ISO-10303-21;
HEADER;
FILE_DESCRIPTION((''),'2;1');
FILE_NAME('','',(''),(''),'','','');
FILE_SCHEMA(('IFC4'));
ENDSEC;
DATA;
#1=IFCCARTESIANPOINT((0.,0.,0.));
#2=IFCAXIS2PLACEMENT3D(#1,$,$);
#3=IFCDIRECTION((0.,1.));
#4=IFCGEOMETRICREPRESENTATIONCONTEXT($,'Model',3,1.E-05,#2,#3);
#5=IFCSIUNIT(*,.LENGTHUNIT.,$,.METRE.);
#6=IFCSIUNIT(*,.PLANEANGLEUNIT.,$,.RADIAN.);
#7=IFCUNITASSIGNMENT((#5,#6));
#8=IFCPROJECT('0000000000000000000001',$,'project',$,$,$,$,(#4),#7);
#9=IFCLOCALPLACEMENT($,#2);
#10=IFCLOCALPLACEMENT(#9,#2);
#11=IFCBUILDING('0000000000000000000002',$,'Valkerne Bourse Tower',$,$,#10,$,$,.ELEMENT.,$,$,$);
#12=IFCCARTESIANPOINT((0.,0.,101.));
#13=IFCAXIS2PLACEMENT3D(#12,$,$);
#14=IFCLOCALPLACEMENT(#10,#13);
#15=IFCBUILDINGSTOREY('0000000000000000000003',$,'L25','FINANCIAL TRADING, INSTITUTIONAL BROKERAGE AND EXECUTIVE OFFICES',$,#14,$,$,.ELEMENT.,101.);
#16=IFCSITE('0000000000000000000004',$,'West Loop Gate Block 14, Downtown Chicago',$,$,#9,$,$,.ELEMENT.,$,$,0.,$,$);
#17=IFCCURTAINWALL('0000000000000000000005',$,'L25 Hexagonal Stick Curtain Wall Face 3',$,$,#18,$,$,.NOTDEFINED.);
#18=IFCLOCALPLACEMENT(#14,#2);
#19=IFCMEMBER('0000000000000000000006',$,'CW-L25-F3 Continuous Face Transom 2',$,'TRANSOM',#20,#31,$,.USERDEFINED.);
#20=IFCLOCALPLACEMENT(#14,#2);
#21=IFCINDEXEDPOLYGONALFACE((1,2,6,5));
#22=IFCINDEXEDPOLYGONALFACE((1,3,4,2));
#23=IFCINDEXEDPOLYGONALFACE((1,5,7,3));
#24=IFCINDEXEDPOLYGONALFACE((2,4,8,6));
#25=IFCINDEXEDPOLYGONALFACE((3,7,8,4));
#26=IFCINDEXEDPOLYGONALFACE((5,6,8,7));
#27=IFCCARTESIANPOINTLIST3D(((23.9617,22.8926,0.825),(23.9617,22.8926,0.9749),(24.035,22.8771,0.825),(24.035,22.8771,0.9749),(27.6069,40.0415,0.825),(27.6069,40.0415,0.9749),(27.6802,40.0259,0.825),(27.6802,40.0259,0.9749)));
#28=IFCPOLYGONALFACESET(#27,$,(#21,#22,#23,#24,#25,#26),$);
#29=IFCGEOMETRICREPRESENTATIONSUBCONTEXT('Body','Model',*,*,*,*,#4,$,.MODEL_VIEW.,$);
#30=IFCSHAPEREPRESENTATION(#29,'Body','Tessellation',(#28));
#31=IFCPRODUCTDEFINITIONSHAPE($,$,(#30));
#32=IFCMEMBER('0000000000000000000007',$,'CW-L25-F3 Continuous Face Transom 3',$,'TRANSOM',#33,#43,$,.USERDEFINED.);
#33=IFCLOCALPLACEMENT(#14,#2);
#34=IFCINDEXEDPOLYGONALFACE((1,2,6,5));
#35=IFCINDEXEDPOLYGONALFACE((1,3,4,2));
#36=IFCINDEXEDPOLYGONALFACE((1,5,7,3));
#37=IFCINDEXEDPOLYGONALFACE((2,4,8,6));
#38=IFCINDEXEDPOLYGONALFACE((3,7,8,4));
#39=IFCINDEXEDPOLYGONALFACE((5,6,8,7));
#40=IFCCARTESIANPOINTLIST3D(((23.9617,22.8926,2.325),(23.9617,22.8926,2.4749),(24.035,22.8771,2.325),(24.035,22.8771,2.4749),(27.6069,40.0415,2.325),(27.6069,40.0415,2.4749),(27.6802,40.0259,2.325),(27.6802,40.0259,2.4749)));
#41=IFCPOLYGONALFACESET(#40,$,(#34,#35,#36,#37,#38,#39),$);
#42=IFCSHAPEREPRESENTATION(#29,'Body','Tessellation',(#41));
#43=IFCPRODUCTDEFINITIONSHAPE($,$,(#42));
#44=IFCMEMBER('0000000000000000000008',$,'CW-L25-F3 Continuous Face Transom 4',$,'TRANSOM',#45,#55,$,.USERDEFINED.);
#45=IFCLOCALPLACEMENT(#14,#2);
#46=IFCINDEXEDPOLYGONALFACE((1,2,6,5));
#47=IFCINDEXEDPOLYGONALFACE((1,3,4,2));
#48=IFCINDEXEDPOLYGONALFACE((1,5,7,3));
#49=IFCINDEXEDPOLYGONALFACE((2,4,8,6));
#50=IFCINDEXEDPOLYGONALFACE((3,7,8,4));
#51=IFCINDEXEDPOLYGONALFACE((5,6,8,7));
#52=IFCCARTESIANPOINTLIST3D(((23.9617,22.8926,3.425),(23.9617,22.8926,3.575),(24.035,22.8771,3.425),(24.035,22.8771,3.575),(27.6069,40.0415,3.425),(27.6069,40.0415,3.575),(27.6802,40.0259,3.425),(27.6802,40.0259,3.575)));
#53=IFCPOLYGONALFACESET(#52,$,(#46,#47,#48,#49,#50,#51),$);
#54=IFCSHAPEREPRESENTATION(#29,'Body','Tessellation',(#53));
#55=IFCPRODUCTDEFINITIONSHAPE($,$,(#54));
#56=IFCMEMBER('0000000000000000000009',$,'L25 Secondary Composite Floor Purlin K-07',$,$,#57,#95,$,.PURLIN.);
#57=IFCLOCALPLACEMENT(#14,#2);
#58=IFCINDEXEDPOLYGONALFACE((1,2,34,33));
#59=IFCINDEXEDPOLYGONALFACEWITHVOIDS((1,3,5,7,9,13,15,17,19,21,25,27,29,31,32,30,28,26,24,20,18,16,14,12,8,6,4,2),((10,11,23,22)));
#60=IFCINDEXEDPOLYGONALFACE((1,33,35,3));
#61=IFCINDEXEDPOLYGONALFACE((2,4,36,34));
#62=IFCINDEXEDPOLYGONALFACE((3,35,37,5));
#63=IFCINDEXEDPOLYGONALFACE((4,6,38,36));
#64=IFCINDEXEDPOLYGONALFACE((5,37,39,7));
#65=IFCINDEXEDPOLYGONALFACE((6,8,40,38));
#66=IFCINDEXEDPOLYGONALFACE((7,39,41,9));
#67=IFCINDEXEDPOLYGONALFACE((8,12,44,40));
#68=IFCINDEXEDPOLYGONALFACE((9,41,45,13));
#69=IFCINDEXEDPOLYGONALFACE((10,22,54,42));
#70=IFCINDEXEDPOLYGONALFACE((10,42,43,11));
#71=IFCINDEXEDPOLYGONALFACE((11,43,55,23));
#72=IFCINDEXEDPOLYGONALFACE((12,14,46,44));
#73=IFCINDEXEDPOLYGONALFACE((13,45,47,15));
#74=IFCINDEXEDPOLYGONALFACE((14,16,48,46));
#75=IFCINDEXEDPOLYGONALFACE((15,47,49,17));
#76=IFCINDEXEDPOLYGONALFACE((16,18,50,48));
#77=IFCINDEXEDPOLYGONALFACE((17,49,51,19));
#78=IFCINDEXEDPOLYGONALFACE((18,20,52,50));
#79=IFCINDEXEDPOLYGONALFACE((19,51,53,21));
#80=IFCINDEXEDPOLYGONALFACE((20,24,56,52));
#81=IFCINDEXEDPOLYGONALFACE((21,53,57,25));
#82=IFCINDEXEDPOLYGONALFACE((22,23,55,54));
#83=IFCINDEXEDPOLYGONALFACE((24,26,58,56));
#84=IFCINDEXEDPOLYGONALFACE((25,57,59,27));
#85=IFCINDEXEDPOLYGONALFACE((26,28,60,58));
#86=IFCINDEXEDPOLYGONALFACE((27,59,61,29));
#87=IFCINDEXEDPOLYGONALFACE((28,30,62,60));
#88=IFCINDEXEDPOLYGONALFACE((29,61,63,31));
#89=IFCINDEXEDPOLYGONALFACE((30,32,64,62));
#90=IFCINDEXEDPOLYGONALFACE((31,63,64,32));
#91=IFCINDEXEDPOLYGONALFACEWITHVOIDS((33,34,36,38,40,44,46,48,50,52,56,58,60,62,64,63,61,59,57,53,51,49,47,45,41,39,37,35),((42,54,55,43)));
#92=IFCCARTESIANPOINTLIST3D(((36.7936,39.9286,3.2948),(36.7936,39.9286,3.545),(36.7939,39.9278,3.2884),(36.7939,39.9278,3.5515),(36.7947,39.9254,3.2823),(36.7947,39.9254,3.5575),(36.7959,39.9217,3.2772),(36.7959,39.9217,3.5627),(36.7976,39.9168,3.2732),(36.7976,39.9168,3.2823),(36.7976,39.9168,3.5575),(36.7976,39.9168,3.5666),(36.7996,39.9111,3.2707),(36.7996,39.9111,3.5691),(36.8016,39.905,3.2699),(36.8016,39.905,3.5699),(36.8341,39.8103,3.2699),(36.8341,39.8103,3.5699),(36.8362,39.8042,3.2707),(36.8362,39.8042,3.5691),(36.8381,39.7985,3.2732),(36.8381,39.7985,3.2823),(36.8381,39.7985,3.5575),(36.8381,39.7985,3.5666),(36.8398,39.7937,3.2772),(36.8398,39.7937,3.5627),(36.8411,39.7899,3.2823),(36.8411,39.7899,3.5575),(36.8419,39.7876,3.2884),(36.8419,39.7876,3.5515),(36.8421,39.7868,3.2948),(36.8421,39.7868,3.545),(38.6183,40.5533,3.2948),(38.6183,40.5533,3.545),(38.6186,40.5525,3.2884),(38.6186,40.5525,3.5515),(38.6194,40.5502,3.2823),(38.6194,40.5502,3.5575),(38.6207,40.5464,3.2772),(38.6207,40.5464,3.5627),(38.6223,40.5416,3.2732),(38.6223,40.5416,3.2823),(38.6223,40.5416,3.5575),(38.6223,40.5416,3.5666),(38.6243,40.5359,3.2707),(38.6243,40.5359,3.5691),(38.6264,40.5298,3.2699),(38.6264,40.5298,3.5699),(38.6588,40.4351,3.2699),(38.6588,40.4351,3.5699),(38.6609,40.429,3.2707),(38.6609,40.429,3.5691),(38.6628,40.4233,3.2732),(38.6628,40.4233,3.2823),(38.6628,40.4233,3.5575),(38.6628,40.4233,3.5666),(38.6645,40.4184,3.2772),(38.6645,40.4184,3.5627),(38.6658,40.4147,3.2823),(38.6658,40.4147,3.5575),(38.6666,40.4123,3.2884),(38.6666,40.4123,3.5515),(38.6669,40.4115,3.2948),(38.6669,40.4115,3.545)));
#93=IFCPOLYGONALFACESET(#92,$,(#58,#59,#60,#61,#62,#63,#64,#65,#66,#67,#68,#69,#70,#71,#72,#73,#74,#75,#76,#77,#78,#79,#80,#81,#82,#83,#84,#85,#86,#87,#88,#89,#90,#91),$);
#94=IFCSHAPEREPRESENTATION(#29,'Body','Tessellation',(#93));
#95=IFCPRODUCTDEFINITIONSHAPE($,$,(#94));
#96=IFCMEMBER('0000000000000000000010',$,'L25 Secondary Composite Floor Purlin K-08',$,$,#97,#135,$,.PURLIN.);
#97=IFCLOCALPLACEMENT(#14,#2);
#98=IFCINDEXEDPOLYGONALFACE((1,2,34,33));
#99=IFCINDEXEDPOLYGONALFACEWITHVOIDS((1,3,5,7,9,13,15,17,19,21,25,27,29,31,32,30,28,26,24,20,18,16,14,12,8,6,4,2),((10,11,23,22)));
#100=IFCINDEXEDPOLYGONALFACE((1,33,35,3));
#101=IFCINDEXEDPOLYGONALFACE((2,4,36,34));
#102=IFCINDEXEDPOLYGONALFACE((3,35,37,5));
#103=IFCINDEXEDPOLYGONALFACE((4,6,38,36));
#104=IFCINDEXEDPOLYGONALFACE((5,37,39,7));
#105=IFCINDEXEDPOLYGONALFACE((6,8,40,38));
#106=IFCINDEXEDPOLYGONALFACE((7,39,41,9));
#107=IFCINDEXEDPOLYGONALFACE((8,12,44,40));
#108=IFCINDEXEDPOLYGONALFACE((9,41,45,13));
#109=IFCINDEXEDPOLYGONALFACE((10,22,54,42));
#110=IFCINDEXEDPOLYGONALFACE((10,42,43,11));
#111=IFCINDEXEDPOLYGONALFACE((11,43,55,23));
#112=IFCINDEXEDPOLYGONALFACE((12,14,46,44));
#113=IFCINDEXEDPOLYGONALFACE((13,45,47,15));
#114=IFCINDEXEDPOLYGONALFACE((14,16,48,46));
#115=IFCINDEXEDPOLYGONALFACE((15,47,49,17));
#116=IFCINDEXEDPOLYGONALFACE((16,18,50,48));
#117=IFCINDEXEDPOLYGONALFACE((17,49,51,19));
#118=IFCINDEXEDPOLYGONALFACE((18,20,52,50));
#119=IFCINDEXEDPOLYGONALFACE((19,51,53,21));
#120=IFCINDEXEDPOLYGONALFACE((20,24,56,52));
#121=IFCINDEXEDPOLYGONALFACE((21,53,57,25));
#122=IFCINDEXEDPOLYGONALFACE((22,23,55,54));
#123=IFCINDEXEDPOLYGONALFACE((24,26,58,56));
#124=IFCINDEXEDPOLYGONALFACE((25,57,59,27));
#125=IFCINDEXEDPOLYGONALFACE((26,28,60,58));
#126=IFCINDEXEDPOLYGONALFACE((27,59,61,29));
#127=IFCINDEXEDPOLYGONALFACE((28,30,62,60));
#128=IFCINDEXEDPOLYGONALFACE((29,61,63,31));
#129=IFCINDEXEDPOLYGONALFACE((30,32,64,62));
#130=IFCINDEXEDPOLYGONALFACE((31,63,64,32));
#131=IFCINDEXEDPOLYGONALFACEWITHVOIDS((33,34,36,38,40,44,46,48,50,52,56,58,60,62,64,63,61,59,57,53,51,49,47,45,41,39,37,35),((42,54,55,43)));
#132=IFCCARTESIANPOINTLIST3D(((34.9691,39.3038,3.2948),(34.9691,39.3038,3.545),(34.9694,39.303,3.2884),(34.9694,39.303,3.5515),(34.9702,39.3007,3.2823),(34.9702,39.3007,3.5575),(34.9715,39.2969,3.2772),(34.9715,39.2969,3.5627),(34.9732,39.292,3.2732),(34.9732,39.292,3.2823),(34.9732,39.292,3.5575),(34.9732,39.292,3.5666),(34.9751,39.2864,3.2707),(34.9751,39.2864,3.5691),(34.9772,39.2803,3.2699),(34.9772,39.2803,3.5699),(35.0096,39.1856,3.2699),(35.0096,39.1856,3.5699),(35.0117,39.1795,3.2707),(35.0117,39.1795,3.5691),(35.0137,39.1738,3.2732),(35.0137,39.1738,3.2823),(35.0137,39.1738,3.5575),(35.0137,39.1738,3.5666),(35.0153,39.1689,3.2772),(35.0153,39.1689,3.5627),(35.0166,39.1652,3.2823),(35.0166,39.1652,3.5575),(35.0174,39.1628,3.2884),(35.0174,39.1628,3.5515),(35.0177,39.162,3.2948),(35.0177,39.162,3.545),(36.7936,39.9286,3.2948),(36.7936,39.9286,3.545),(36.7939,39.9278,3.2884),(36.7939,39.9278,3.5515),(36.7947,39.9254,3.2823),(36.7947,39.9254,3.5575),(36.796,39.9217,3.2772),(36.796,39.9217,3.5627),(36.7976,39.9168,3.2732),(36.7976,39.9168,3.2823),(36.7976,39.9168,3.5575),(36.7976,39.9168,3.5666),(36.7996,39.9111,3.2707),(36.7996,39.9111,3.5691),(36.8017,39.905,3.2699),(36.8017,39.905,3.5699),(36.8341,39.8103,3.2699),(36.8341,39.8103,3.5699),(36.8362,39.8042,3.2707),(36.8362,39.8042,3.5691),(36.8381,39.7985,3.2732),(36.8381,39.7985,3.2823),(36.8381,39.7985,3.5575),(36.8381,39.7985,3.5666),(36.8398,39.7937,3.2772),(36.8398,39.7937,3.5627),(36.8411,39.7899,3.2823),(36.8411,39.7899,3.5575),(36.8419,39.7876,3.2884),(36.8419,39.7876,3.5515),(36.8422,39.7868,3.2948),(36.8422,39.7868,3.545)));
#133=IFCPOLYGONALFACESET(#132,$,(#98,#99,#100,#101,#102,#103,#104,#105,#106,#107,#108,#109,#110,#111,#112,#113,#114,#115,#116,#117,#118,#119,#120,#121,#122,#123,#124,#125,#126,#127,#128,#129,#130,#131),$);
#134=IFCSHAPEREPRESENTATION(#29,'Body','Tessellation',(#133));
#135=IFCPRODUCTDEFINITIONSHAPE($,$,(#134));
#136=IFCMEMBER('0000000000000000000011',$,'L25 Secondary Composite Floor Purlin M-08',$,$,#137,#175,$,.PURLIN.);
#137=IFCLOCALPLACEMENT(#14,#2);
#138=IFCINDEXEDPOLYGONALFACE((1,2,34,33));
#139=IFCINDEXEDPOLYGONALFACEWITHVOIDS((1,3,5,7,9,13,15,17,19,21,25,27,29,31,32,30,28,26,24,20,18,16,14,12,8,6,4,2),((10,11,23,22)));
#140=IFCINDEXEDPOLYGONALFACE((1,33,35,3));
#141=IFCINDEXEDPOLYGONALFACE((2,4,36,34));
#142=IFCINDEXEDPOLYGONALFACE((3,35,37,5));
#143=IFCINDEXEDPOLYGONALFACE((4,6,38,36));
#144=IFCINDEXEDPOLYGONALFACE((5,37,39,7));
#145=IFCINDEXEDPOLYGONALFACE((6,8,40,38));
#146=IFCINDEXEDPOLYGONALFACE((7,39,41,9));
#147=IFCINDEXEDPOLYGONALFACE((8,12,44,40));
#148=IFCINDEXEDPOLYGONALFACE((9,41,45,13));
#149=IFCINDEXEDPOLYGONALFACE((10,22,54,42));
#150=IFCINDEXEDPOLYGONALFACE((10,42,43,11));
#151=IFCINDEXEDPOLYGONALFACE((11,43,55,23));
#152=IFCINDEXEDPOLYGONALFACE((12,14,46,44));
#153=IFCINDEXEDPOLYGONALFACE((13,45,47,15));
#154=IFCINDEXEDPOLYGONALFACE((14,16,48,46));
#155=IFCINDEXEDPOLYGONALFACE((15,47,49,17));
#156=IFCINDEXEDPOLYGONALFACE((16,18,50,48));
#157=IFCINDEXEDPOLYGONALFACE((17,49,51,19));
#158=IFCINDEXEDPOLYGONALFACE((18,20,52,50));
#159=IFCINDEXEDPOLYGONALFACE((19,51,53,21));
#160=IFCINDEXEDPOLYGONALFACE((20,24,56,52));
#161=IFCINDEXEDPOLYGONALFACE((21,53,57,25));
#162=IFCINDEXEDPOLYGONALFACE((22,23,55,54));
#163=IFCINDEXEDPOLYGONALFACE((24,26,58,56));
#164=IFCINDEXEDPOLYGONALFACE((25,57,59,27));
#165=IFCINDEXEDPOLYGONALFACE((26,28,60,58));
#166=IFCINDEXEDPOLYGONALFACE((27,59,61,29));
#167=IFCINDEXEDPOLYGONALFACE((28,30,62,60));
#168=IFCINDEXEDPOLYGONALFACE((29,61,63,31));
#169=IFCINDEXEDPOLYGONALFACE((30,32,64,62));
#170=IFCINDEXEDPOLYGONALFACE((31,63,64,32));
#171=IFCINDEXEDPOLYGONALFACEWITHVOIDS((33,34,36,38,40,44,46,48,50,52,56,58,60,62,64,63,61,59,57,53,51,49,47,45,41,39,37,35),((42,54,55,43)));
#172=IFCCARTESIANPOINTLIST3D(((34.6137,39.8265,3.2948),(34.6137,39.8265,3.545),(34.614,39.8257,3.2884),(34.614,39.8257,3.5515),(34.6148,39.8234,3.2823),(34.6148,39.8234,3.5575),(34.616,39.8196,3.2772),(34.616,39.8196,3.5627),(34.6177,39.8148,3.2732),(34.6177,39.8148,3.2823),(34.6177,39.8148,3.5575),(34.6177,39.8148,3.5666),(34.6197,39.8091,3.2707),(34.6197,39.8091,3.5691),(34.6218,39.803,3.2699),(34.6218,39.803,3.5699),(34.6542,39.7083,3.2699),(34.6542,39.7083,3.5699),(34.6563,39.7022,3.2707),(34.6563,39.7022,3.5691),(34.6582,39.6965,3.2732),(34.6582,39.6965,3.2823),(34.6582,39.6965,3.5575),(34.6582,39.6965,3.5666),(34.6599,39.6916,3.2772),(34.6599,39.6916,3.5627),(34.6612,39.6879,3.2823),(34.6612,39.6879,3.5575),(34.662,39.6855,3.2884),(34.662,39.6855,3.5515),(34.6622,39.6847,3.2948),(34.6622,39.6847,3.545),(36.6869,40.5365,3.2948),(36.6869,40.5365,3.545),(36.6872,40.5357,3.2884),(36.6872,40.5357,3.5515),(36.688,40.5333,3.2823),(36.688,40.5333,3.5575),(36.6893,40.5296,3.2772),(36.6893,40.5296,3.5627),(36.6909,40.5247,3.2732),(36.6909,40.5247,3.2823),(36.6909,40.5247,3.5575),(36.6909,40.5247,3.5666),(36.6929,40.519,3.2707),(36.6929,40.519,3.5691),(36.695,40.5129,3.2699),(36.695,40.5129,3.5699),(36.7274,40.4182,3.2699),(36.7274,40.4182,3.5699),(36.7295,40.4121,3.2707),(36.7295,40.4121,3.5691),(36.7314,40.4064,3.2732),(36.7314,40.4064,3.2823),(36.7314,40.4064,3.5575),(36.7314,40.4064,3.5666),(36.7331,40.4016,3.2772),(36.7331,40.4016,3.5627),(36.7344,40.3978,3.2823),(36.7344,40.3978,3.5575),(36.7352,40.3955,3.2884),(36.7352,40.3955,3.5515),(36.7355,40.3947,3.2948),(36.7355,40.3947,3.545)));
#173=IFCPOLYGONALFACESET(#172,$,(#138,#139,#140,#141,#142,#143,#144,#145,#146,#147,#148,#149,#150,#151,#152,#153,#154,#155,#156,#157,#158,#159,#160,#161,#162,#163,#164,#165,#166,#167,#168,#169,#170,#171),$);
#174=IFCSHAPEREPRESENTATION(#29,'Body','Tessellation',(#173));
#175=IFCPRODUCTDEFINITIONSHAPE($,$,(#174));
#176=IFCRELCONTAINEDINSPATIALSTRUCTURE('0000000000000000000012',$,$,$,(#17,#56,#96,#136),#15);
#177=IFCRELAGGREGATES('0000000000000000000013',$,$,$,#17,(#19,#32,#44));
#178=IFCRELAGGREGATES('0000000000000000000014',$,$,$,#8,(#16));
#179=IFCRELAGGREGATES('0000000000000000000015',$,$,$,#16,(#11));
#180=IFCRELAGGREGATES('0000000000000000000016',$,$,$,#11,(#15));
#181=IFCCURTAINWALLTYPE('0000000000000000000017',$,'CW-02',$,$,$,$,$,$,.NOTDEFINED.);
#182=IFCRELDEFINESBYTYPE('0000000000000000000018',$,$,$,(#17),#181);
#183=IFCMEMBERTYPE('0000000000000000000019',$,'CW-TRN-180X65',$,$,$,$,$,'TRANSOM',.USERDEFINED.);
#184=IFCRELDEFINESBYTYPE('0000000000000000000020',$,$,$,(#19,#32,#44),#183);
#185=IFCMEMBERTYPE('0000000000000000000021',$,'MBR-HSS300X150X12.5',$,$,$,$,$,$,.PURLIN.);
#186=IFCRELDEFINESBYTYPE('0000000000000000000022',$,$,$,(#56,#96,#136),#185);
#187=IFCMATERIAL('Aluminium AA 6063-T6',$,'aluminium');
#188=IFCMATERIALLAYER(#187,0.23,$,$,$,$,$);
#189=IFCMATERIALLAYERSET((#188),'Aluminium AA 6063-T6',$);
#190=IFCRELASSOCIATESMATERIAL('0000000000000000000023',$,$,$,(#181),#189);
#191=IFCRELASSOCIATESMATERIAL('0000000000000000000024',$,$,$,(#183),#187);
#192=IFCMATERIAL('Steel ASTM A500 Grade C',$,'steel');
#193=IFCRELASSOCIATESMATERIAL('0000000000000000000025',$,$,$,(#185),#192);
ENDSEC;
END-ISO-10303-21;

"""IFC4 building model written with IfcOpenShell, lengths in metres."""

from ifc_helpers import new_model, si_unit, direction, frame, origin, origin_2d, place, context, subcontext, project, spatial, rectangle, hollow_rectangle, extrude, material, layer, layer_set, material_profile, profile_set, type_object, element, aggregate, save


model = new_model("IFC4")

# Units and contexts
model_context = context("Model", 3, precision=1e-05, world=origin(), true_north=direction((0.0, 1.0)))
body_context = subcontext(model_context, "Body", "Model", "MODEL_VIEW")
ifc_project = project(units=[si_unit("LENGTHUNIT", "METRE"), si_unit("PLANEANGLEUNIT", "RADIAN")], contexts=[model_context])

# Site, building, storey
site_placement = place(None, origin())
site = spatial("IfcSite", under=ifc_project, at=site_placement, Name="West Loop Gate Block 14, Downtown Chicago", CompositionType="ELEMENT", RefElevation=0.0)
building_placement = place(site_placement, origin())
building = spatial("IfcBuilding", under=site, at=building_placement, Name="Valkerne Bourse Tower", CompositionType="ELEMENT")
storey_placement = place(building_placement, frame((0.0, 0.0, 101.0)))
storey = spatial("IfcBuildingStorey", under=building, at=storey_placement, Name="L25", Description="FINANCIAL TRADING, INSTITUTIONAL BROKERAGE AND EXECUTIVE OFFICES", CompositionType="ELEMENT", Elevation=101.0)

# Curtain wall, members
ifc_material_1 = material(Name="Aluminium AA 6063-T6", Category="aluminium")
ifc_layer_1 = layer(ifc_material_1, 0.23)
ifc_layer_set_1 = layer_set([ifc_layer_1], Name="Aluminium AA 6063-T6")
curtain_wall_type = type_object("IfcCurtainWallType", Name="CW-02", PredefinedType="NOTDEFINED", material=ifc_layer_set_1)
curtain_wall_1_placement = place(storey_placement, origin())
curtain_wall_1 = element("IfcCurtainWall", 1, at=curtain_wall_1_placement, inside=storey, type_object=curtain_wall_type, Name="L25 Hexagonal Stick Curtain Wall Face 3", PredefinedType="NOTDEFINED")
ifc_material_profile_1 = material_profile(ifc_material_1, rectangle(XDim=0.075, YDim=0.1499, at=origin_2d()), Name="CWT-75X150")
ifc_profile_set_1 = profile_set([ifc_material_profile_1], Name="Aluminium AA 6063-T6")
member_type_1 = type_object("IfcMemberType", Name="CW-TRN-180X65", ElementType="TRANSOM", PredefinedType="USERDEFINED", material=ifc_profile_set_1)
member_1_placement = place(storey_placement, frame((27.6436, 40.0337, 0.8999), z_axis=(-0.20792, -0.978146, 0.0), x_axis=(0.978146, -0.20792, 0.0)))
member_1 = element("IfcMember", 2, at=member_1_placement, type_object=member_type_1, Name="CW-L25-F3 Continuous Face Transom 2", ObjectType="TRANSOM", PredefinedType="USERDEFINED", context=body_context, shape_type="SweptSolid", body=[
    extrude(rectangle(XDim=0.075, YDim=0.1499, at=origin_2d()), origin(), (0.0, 0.0, 1.0), 17.532),
])
member_2_placement = place(storey_placement, frame((27.6436, 40.0337, 2.3999), z_axis=(-0.20792, -0.978146, 0.0), x_axis=(0.978146, -0.20792, 0.0)))
member_2 = element("IfcMember", 3, at=member_2_placement, type_object=member_type_1, Name="CW-L25-F3 Continuous Face Transom 3", ObjectType="TRANSOM", PredefinedType="USERDEFINED", context=body_context, shape_type="SweptSolid", body=[
    extrude(rectangle(XDim=0.075, YDim=0.1499, at=origin_2d()), origin(), (0.0, 0.0, 1.0), 17.532),
])
member_3_placement = place(storey_placement, frame((27.6436, 40.0337, 3.5), z_axis=(-0.20792, -0.978146, 0.0), x_axis=(0.978146, -0.20792, 0.0)))
member_3 = element("IfcMember", 4, at=member_3_placement, type_object=member_type_1, Name="CW-L25-F3 Continuous Face Transom 4", ObjectType="TRANSOM", PredefinedType="USERDEFINED", context=body_context, shape_type="SweptSolid", body=[
    extrude(rectangle(XDim=0.075, YDim=0.1499, at=origin_2d()), origin(), (0.0, 0.0, 1.0), 17.532),
])
aggregate(curtain_wall_1, [member_1, member_2, member_3])

# Members
ifc_material_2 = material(Name="Steel ASTM A500 Grade C", Category="steel")
ifc_material_profile_2 = material_profile(ifc_material_2, hollow_rectangle(XDim=0.1499, YDim=0.3, WallThickness=0.0125, OuterFilletRadius=0.0249, at=origin_2d()), Name="HSS300X150X12.5")
ifc_profile_set_2 = profile_set([ifc_material_profile_2], Name="Steel ASTM A500 Grade C")
member_type_2 = type_object("IfcMemberType", Name="MBR-HSS300X150X12.5", PredefinedType="PURLIN", material=ifc_profile_set_2)
member_4_placement = place(storey_placement, frame((38.6426, 40.4824, 3.4199), z_axis=(-0.946082, -0.323926, 0.0), x_axis=(0.323926, -0.946082, 0.0)))
element("IfcMember", 5, at=member_4_placement, inside=storey, type_object=member_type_2, Name="L25 Secondary Composite Floor Purlin K-07", PredefinedType="PURLIN", context=body_context, shape_type="SweptSolid", body=[
    extrude(hollow_rectangle(XDim=0.1499, YDim=0.3, WallThickness=0.0125, OuterFilletRadius=0.0249, at=origin_2d()), origin(), (0.0, 0.0, 1.0), 1.9287),
])
member_5_placement = place(storey_placement, frame((36.8179, 39.8577, 3.4199), z_axis=(-0.946069, -0.323965, 0.0), x_axis=(0.323965, -0.946069, 0.0)))
element("IfcMember", 6, at=member_5_placement, inside=storey, type_object=member_type_2, Name="L25 Secondary Composite Floor Purlin K-08", PredefinedType="PURLIN", context=body_context, shape_type="SweptSolid", body=[
    extrude(hollow_rectangle(XDim=0.1499, YDim=0.3, WallThickness=0.0125, OuterFilletRadius=0.0249, at=origin_2d()), origin(), (0.0, 0.0, 1.0), 1.9285),
])
member_6_placement = place(storey_placement, frame((36.7112, 40.4656, 3.4199), z_axis=(-0.946067, -0.323971, 0.0), x_axis=(0.323971, -0.946067, 0.0)))
element("IfcMember", 7, at=member_6_placement, inside=storey, type_object=member_type_2, Name="L25 Secondary Composite Floor Purlin M-08", PredefinedType="PURLIN", context=body_context, shape_type="SweptSolid", body=[
    extrude(hollow_rectangle(XDim=0.1499, YDim=0.3, WallThickness=0.0125, OuterFilletRadius=0.0249, at=origin_2d()), origin(), (0.0, 0.0, 1.0), 2.1914),
])

save(model, "model.ifc")
